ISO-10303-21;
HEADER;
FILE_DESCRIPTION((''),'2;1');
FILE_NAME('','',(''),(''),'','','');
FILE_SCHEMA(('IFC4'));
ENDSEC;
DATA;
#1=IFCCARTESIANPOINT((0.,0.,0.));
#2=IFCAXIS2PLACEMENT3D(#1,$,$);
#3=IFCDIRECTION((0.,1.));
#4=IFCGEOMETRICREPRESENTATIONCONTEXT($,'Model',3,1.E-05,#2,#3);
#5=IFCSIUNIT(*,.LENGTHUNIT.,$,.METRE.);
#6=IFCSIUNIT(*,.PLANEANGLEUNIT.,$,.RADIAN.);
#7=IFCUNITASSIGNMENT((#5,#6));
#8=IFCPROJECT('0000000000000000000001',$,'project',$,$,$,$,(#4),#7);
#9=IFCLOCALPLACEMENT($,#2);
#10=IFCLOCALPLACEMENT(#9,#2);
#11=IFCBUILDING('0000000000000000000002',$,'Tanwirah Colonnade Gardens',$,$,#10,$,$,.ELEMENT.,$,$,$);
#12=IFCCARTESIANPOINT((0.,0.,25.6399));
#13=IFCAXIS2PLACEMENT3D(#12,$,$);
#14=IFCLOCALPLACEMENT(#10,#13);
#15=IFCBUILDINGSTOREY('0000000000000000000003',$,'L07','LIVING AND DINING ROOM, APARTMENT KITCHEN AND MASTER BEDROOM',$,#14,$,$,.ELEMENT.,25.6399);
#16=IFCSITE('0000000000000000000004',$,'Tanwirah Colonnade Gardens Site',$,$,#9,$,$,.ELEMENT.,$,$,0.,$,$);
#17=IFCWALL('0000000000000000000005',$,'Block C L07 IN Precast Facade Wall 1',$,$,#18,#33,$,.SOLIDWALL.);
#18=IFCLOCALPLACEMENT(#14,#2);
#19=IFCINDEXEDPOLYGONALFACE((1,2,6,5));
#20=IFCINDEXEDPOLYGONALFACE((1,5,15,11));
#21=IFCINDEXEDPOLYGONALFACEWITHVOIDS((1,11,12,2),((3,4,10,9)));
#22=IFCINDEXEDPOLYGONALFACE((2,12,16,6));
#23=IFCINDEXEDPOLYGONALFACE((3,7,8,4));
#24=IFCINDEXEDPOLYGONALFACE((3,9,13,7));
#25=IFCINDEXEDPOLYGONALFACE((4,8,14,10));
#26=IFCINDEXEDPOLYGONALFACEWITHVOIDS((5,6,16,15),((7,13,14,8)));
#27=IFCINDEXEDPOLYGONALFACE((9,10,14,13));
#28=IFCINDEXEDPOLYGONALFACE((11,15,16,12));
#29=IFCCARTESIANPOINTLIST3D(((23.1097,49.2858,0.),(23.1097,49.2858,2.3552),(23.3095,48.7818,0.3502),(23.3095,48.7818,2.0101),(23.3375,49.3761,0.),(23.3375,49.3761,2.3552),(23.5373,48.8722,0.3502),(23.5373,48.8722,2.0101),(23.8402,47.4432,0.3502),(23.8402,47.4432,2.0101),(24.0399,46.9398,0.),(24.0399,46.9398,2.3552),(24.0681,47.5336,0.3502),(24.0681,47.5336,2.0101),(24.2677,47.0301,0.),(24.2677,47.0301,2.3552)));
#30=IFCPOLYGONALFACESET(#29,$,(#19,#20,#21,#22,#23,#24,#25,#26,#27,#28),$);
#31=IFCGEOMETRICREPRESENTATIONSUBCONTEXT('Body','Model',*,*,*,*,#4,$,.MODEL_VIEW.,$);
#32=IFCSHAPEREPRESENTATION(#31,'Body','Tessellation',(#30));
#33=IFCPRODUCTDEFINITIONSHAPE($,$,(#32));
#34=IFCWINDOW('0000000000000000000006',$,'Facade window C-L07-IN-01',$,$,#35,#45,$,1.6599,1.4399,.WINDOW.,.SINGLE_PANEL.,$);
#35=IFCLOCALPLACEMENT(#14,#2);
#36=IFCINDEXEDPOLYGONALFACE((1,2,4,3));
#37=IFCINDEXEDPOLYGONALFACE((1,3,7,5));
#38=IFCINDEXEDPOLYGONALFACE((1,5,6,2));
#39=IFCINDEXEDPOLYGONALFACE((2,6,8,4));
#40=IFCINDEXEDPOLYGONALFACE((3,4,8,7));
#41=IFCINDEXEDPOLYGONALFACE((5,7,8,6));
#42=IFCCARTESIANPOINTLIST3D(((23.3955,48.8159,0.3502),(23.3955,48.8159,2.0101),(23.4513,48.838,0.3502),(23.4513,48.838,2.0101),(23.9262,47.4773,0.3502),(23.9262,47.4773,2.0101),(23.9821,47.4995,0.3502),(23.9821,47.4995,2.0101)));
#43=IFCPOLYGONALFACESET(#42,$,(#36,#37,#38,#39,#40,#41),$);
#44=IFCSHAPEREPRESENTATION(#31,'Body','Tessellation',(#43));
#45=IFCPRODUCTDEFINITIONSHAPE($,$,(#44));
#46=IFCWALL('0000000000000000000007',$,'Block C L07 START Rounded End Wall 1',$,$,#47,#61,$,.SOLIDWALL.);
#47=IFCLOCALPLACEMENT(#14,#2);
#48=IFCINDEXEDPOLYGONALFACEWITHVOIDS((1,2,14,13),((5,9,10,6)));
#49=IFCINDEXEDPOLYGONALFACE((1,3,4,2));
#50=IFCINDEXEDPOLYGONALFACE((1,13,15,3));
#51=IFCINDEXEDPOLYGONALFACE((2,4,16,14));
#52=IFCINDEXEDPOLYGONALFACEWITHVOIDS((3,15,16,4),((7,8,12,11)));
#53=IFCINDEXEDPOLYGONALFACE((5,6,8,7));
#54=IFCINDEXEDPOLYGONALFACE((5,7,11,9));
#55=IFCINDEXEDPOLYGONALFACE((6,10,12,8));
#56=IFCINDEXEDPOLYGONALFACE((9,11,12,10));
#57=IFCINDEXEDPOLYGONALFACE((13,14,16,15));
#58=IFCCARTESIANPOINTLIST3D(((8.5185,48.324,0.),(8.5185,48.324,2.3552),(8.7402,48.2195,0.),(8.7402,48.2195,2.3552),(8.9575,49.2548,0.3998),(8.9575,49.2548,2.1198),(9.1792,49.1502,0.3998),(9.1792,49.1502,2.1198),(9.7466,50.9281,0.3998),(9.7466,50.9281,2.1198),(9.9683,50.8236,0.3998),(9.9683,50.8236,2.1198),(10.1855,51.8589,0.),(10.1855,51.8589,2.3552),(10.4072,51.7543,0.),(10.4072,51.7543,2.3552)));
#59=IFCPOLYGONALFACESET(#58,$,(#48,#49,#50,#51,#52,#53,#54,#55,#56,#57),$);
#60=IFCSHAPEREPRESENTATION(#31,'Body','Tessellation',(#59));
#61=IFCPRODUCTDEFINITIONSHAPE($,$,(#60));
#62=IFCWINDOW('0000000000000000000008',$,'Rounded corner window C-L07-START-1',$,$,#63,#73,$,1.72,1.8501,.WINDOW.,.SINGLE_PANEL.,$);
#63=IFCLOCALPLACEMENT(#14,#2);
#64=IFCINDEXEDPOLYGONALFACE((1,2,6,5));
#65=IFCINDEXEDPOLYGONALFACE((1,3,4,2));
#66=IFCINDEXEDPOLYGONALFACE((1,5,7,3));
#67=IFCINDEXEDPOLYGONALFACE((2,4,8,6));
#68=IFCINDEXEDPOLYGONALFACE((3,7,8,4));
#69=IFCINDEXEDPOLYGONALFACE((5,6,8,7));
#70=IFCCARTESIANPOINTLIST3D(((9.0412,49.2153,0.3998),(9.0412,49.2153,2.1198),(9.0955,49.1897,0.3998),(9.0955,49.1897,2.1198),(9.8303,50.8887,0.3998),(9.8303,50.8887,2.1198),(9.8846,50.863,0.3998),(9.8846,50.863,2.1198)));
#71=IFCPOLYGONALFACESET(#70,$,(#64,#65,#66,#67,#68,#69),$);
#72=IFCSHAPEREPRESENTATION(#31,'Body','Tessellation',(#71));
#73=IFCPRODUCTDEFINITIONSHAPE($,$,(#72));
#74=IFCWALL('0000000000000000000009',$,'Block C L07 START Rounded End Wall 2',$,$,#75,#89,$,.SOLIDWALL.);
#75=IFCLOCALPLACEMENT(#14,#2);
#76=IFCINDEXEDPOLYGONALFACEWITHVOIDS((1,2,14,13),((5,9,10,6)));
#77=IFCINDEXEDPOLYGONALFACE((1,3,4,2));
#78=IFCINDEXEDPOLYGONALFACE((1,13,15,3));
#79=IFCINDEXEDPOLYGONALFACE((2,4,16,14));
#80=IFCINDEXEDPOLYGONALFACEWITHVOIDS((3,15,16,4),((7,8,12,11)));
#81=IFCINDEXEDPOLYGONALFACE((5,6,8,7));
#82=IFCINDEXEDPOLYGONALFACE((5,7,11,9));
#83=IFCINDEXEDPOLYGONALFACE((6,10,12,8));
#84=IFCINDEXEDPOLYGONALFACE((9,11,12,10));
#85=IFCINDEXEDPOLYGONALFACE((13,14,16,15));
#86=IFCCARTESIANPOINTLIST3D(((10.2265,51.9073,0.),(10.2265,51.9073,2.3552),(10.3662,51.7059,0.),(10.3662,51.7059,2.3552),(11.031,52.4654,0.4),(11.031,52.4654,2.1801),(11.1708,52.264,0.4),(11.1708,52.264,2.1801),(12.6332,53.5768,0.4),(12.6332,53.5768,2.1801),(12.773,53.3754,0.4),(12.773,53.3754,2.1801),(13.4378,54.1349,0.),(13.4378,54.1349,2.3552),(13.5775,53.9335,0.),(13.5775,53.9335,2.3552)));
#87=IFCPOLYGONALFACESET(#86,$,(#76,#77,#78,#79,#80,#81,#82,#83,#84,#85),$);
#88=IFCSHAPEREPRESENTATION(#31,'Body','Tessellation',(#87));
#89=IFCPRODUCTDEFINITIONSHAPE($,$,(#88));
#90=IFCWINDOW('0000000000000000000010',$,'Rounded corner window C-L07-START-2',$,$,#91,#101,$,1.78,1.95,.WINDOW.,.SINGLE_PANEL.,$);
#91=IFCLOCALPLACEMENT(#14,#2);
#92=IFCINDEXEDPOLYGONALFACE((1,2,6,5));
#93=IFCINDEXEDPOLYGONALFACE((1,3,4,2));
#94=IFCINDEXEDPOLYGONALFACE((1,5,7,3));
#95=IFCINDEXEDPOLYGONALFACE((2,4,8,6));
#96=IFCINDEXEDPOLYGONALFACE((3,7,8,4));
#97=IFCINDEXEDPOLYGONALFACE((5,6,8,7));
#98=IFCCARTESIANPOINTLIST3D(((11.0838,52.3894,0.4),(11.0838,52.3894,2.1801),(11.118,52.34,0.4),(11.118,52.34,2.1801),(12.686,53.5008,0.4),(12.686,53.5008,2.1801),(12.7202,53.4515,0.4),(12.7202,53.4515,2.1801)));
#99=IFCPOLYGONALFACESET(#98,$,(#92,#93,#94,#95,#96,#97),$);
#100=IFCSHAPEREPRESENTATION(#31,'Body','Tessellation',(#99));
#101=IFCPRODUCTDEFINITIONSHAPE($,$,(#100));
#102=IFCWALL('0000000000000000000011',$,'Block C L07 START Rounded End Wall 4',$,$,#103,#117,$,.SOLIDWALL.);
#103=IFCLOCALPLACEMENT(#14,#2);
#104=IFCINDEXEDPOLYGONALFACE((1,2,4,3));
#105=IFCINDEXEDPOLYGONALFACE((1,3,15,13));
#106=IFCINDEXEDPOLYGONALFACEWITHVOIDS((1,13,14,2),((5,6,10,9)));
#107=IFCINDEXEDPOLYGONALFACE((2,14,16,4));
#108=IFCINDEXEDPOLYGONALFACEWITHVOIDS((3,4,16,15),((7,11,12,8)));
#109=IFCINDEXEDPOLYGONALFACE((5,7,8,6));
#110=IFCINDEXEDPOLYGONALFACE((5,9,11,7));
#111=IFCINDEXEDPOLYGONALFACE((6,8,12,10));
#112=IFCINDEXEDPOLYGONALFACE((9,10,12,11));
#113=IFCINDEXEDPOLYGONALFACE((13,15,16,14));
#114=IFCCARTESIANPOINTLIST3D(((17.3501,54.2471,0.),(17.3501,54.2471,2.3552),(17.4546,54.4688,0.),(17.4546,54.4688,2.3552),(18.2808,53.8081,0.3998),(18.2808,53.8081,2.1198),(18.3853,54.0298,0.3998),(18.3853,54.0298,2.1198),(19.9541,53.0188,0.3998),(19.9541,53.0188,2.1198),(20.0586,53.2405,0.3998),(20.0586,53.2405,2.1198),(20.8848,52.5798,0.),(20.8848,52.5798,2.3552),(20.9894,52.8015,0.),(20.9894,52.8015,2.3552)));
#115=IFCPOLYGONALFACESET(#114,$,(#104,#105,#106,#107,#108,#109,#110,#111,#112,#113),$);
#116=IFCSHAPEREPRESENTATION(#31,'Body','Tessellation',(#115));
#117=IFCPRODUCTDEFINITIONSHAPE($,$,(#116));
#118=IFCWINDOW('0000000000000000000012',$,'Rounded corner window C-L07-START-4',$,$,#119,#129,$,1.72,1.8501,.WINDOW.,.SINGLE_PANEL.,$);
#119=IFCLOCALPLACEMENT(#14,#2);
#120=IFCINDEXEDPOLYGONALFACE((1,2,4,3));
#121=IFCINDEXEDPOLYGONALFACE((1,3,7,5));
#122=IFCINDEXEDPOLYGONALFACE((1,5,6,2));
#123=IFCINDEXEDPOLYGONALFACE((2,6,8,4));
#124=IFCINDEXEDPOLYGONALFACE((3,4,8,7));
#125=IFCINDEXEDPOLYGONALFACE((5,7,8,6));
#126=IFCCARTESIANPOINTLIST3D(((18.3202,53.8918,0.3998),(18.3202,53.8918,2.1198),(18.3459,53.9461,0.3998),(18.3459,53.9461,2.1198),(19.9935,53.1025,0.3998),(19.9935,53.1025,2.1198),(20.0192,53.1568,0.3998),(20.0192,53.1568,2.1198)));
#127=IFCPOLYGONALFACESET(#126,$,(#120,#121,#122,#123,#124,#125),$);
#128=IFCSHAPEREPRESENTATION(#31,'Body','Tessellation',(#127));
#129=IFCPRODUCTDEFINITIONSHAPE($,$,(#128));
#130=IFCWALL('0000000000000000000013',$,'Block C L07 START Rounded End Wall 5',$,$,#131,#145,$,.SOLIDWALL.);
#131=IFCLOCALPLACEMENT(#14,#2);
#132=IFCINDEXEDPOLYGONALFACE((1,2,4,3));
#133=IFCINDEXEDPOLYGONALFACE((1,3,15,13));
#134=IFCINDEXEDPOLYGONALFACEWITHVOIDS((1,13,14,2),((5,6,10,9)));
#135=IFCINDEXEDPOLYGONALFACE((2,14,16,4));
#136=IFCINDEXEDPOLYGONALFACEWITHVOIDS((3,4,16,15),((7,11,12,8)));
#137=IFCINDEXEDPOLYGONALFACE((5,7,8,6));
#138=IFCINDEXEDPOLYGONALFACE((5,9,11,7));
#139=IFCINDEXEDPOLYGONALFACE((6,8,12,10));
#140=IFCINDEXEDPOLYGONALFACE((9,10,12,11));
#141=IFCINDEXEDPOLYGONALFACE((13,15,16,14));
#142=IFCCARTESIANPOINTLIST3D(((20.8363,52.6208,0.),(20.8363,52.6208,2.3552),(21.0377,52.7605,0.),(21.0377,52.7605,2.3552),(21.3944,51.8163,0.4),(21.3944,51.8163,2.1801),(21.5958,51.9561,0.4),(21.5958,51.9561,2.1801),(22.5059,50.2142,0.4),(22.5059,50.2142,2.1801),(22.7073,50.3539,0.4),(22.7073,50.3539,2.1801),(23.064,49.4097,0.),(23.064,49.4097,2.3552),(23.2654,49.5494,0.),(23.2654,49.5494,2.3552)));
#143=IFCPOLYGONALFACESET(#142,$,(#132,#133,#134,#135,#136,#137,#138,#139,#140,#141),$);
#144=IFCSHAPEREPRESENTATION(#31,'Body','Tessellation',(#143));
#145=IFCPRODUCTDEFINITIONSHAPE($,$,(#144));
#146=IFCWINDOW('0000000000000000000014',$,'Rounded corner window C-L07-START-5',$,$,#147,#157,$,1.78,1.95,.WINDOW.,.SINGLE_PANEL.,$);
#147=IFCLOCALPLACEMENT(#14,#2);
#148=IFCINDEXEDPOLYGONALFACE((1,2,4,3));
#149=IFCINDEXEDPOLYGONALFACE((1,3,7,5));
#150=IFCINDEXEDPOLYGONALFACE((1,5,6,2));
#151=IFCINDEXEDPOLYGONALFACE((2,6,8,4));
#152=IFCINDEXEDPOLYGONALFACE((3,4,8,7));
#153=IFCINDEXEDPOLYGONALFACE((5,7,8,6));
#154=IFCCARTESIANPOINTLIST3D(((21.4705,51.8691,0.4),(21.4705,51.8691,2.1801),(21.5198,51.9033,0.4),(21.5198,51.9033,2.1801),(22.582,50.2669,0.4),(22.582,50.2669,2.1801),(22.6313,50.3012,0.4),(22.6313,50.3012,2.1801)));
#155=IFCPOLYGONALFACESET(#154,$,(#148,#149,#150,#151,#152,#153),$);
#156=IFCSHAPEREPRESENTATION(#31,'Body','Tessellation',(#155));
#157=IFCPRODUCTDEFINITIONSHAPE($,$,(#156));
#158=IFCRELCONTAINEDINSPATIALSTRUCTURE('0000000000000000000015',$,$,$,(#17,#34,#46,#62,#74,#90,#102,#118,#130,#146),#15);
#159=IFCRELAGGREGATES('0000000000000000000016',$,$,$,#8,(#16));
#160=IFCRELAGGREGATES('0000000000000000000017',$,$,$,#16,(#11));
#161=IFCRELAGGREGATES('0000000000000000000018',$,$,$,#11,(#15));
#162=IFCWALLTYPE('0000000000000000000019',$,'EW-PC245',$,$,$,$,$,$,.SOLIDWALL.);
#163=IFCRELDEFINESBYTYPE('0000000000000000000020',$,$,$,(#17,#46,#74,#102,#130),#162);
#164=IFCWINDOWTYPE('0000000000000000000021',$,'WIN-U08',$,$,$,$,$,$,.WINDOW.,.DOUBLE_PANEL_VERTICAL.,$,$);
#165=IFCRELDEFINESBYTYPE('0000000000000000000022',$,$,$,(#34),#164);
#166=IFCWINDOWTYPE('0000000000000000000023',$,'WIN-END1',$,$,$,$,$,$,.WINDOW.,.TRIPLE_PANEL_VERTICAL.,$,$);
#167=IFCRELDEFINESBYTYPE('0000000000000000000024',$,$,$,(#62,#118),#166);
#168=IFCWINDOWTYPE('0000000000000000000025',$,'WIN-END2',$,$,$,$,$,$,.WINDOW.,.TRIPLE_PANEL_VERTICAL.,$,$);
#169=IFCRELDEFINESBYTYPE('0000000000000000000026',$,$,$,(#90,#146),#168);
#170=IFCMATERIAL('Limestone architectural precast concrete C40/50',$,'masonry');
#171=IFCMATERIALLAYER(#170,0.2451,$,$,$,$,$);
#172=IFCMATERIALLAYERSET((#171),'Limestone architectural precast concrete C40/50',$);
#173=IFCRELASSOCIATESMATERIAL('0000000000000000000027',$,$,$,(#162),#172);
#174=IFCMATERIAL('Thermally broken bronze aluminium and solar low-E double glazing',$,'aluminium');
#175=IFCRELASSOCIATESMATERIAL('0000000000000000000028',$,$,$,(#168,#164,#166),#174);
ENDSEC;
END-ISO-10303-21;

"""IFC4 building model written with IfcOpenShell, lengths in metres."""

from ifc_helpers import new_model, si_unit, direction, frame, frame_2d, origin, place, context, subcontext, project, spatial, rectangle, extrude, material, layer, layer_set, type_object, element, fill, save


model = new_model("IFC4")

# Units and contexts
model_context = context("Model", 3, precision=1e-05, world=origin(), true_north=direction((0.0, 1.0)))
body_context = subcontext(model_context, "Body", "Model", "MODEL_VIEW")
ifc_project = project(units=[si_unit("LENGTHUNIT", "METRE"), si_unit("PLANEANGLEUNIT", "RADIAN")], contexts=[model_context])

# Site, building, storey
site_placement = place(None, origin())
site = spatial("IfcSite", under=ifc_project, at=site_placement, Name="Tanwirah Colonnade Gardens Site", CompositionType="ELEMENT", RefElevation=0.0)
building_placement = place(site_placement, origin())
building = spatial("IfcBuilding", under=site, at=building_placement, Name="Tanwirah Colonnade Gardens", CompositionType="ELEMENT")
storey_placement = place(building_placement, frame((0.0, 0.0, 25.6399)))
storey = spatial("IfcBuildingStorey", under=building, at=storey_placement, Name="L07", Description="LIVING AND DINING ROOM, APARTMENT KITCHEN AND MASTER BEDROOM", CompositionType="ELEMENT", Elevation=25.6399)

# Shared definitions
ifc_material_1 = material(Name="Limestone architectural precast concrete C40/50", Category="masonry")
ifc_layer = layer(ifc_material_1, 0.2451)
ifc_layer_set = layer_set([ifc_layer], Name="Limestone architectural precast concrete C40/50")
wall_type = type_object("IfcWallType", Name="EW-PC245", PredefinedType="SOLIDWALL", material=ifc_layer_set)
ifc_material_2 = material(Name="Thermally broken bronze aluminium and solar low-E double glazing", Category="aluminium")
window_type_1 = type_object("IfcWindowType", Name="WIN-END2", PartitioningType="TRIPLE_PANEL_VERTICAL", PredefinedType="WINDOW", material=ifc_material_2)

# Walls, openings, windows
wall_1_placement = place(storey_placement, frame((23.2236, 49.3308, 0.0), z_axis=(0.0, 0.0, 1.0), x_axis=(0.368587, -0.929593, 0.0)))
wall_1 = element("IfcWall", 1, at=wall_1_placement, inside=storey, type_object=wall_type, Name="Block C L07 IN Precast Facade Wall 1", PredefinedType="SOLIDWALL", context=body_context, shape_type="SweptSolid", body=[
    extrude(rectangle(XDim=2.5237, YDim=0.2451, at=frame_2d((1.2617, 0.0))), origin(), (0.0, 0.0, 1.0), 2.3552),
])
opening_1_placement = place(wall_1_placement, frame((0.542, 0.0, 0.3501)))
opening_1 = element("IfcOpeningElement", 2, at=opening_1_placement, cuts=wall_1, PredefinedType="OPENING", context=body_context, shape_type="SweptSolid", body=[
    extrude(rectangle(XDim=1.4399, YDim=1.6599, at=frame_2d((0.72, 0.8301))), frame((0.0, 0.1326, 0.0), z_axis=(0.0, -1.0, 0.0), x_axis=(1.0, 0.0, 0.0)), (0.0, 0.0, 1.0), 0.2651),
])
window_type_2 = type_object("IfcWindowType", Name="WIN-U08", PartitioningType="DOUBLE_PANEL_VERTICAL", PredefinedType="WINDOW", material=ifc_material_2)
window_1_placement = place(opening_1_placement, origin())
window_1 = element("IfcWindow", 3, at=window_1_placement, inside=storey, type_object=window_type_2, Name="Facade window C-L07-IN-01", OverallHeight=1.6599, OverallWidth=1.4399, PartitioningType="SINGLE_PANEL", PredefinedType="WINDOW", context=body_context, shape_type="SweptSolid", body=[
    extrude(rectangle(XDim=1.4399, YDim=1.6599, at=frame_2d((0.72, 0.8301))), frame((0.0, 0.03, 0.0), z_axis=(0.0, -1.0, 0.0), x_axis=(1.0, 0.0, 0.0)), (0.0, 0.0, 1.0), 0.0601),
])
fill(opening_1, window_1)
wall_2_placement = place(storey_placement, frame((8.6294, 48.2717, 0.0), z_axis=(0.0, 0.0, 1.0), x_axis=(0.426531, 0.904473, 0.0)))
wall_2 = element("IfcWall", 4, at=wall_2_placement, inside=storey, type_object=wall_type, Name="Block C L07 START Rounded End Wall 1", PredefinedType="SOLIDWALL", context=body_context, shape_type="SweptSolid", body=[
    extrude(rectangle(XDim=3.9082, YDim=0.2451, at=frame_2d((1.9541, 0.0))), origin(), (0.0, 0.0, 1.0), 2.3552),
])
opening_2_placement = place(wall_2_placement, frame((1.0291, 0.0, 0.3999)))
opening_2 = element("IfcOpeningElement", 5, at=opening_2_placement, cuts=wall_2, PredefinedType="OPENING", context=body_context, shape_type="SweptSolid", body=[
    extrude(rectangle(XDim=1.8501, YDim=1.72, at=frame_2d((0.925, 0.8599))), frame((0.0, 0.1326, 0.0), z_axis=(0.0, -1.0, 0.0), x_axis=(1.0, 0.0, 0.0)), (0.0, 0.0, 1.0), 0.2651),
])
window_type_3 = type_object("IfcWindowType", Name="WIN-END1", PartitioningType="TRIPLE_PANEL_VERTICAL", PredefinedType="WINDOW", material=ifc_material_2)
window_2_placement = place(opening_2_placement, origin())
window_2 = element("IfcWindow", 6, at=window_2_placement, inside=storey, type_object=window_type_3, Name="Rounded corner window C-L07-START-1", OverallHeight=1.72, OverallWidth=1.8501, PartitioningType="SINGLE_PANEL", PredefinedType="WINDOW", context=body_context, shape_type="SweptSolid", body=[
    extrude(rectangle(XDim=1.8501, YDim=1.72, at=frame_2d((0.925, 0.8599))), frame((0.0, 0.03, 0.0), z_axis=(0.0, -1.0, 0.0), x_axis=(1.0, 0.0, 0.0)), (0.0, 0.0, 1.0), 0.0601),
])
fill(opening_2, window_2)
wall_3_placement = place(storey_placement, frame((10.2964, 51.8066, 0.0), z_axis=(0.0, 0.0, 1.0), x_axis=(0.821663, 0.569973, 0.0)))
wall_3 = element("IfcWall", 7, at=wall_3_placement, inside=storey, type_object=wall_type, Name="Block C L07 START Rounded End Wall 2", PredefinedType="SOLIDWALL", context=body_context, shape_type="SweptSolid", body=[
    extrude(rectangle(XDim=3.9082, YDim=0.2451, at=frame_2d((1.9541, 0.0))), origin(), (0.0, 0.0, 1.0), 2.3552),
])
opening_3_placement = place(wall_3_placement, frame((0.979, 0.0, 0.3999)))
opening_3 = element("IfcOpeningElement", 8, at=opening_3_placement, cuts=wall_3, PredefinedType="OPENING", context=body_context, shape_type="SweptSolid", body=[
    extrude(rectangle(XDim=1.95, YDim=1.78, at=frame_2d((0.9751, 0.8901))), frame((0.0, 0.1326, 0.0), z_axis=(0.0, -1.0, 0.0), x_axis=(1.0, 0.0, 0.0)), (0.0, 0.0, 1.0), 0.2651),
])
window_3_placement = place(opening_3_placement, origin())
window_3 = element("IfcWindow", 9, at=window_3_placement, inside=storey, type_object=window_type_1, Name="Rounded corner window C-L07-START-2", OverallHeight=1.78, OverallWidth=1.95, PartitioningType="SINGLE_PANEL", PredefinedType="WINDOW", context=body_context, shape_type="SweptSolid", body=[
    extrude(rectangle(XDim=1.95, YDim=1.78, at=frame_2d((0.9751, 0.8901))), frame((0.0, 0.03, 0.0), z_axis=(0.0, -1.0, 0.0), x_axis=(1.0, 0.0, 0.0)), (0.0, 0.0, 1.0), 0.0601),
])
fill(opening_3, window_3)
wall_4_placement = place(storey_placement, frame((17.4023, 54.3579, 0.0), z_axis=(0.0, 0.0, 1.0), x_axis=(0.904438, -0.426606, 0.0)))
wall_4 = element("IfcWall", 10, at=wall_4_placement, inside=storey, type_object=wall_type, Name="Block C L07 START Rounded End Wall 4", PredefinedType="SOLIDWALL", context=body_context, shape_type="SweptSolid", body=[
    extrude(rectangle(XDim=3.9082, YDim=0.2451, at=frame_2d((1.9541, 0.0))), origin(), (0.0, 0.0, 1.0), 2.3552),
])
opening_4_placement = place(wall_4_placement, frame((1.0291, 0.0, 0.3999)))
opening_4 = element("IfcOpeningElement", 11, at=opening_4_placement, cuts=wall_4, PredefinedType="OPENING", context=body_context, shape_type="SweptSolid", body=[
    extrude(rectangle(XDim=1.8501, YDim=1.72, at=frame_2d((0.925, 0.8599))), frame((0.0, 0.1326, 0.0), z_axis=(0.0, -1.0, 0.0), x_axis=(1.0, 0.0, 0.0)), (0.0, 0.0, 1.0), 0.2651),
])
window_4_placement = place(opening_4_placement, origin())
window_4 = element("IfcWindow", 12, at=window_4_placement, inside=storey, type_object=window_type_3, Name="Rounded corner window C-L07-START-4", OverallHeight=1.72, OverallWidth=1.8501, PartitioningType="SINGLE_PANEL", PredefinedType="WINDOW", context=body_context, shape_type="SweptSolid", body=[
    extrude(rectangle(XDim=1.8501, YDim=1.72, at=frame_2d((0.925, 0.8599))), frame((0.0, 0.03, 0.0), z_axis=(0.0, -1.0, 0.0), x_axis=(1.0, 0.0, 0.0)), (0.0, 0.0, 1.0), 0.0601),
])
fill(opening_4, window_4)
wall_5_placement = place(storey_placement, frame((20.937, 52.6907, 0.0), z_axis=(0.0, 0.0, 1.0), x_axis=(0.570015, -0.821634, 0.0)))
wall_5 = element("IfcWall", 13, at=wall_5_placement, inside=storey, type_object=wall_type, Name="Block C L07 START Rounded End Wall 5", PredefinedType="SOLIDWALL", context=body_context, shape_type="SweptSolid", body=[
    extrude(rectangle(XDim=3.9082, YDim=0.2451, at=frame_2d((1.9541, 0.0))), origin(), (0.0, 0.0, 1.0), 2.3552),
])
opening_5_placement = place(wall_5_placement, frame((0.979, 0.0, 0.3999)))
opening_5 = element("IfcOpeningElement", 14, at=opening_5_placement, cuts=wall_5, PredefinedType="OPENING", context=body_context, shape_type="SweptSolid", body=[
    extrude(rectangle(XDim=1.95, YDim=1.78, at=frame_2d((0.9751, 0.8901))), frame((0.0, 0.1326, 0.0), z_axis=(0.0, -1.0, 0.0), x_axis=(1.0, 0.0, 0.0)), (0.0, 0.0, 1.0), 0.2651),
])
window_5_placement = place(opening_5_placement, origin())
window_5 = element("IfcWindow", 15, at=window_5_placement, inside=storey, type_object=window_type_1, Name="Rounded corner window C-L07-START-5", OverallHeight=1.78, OverallWidth=1.95, PartitioningType="SINGLE_PANEL", PredefinedType="WINDOW", context=body_context, shape_type="SweptSolid", body=[
    extrude(rectangle(XDim=1.95, YDim=1.78, at=frame_2d((0.9751, 0.8901))), frame((0.0, 0.03, 0.0), z_axis=(0.0, -1.0, 0.0), x_axis=(1.0, 0.0, 0.0)), (0.0, 0.0, 1.0), 0.0601),
])
fill(opening_5, window_5)

save(model, "model.ifc")
